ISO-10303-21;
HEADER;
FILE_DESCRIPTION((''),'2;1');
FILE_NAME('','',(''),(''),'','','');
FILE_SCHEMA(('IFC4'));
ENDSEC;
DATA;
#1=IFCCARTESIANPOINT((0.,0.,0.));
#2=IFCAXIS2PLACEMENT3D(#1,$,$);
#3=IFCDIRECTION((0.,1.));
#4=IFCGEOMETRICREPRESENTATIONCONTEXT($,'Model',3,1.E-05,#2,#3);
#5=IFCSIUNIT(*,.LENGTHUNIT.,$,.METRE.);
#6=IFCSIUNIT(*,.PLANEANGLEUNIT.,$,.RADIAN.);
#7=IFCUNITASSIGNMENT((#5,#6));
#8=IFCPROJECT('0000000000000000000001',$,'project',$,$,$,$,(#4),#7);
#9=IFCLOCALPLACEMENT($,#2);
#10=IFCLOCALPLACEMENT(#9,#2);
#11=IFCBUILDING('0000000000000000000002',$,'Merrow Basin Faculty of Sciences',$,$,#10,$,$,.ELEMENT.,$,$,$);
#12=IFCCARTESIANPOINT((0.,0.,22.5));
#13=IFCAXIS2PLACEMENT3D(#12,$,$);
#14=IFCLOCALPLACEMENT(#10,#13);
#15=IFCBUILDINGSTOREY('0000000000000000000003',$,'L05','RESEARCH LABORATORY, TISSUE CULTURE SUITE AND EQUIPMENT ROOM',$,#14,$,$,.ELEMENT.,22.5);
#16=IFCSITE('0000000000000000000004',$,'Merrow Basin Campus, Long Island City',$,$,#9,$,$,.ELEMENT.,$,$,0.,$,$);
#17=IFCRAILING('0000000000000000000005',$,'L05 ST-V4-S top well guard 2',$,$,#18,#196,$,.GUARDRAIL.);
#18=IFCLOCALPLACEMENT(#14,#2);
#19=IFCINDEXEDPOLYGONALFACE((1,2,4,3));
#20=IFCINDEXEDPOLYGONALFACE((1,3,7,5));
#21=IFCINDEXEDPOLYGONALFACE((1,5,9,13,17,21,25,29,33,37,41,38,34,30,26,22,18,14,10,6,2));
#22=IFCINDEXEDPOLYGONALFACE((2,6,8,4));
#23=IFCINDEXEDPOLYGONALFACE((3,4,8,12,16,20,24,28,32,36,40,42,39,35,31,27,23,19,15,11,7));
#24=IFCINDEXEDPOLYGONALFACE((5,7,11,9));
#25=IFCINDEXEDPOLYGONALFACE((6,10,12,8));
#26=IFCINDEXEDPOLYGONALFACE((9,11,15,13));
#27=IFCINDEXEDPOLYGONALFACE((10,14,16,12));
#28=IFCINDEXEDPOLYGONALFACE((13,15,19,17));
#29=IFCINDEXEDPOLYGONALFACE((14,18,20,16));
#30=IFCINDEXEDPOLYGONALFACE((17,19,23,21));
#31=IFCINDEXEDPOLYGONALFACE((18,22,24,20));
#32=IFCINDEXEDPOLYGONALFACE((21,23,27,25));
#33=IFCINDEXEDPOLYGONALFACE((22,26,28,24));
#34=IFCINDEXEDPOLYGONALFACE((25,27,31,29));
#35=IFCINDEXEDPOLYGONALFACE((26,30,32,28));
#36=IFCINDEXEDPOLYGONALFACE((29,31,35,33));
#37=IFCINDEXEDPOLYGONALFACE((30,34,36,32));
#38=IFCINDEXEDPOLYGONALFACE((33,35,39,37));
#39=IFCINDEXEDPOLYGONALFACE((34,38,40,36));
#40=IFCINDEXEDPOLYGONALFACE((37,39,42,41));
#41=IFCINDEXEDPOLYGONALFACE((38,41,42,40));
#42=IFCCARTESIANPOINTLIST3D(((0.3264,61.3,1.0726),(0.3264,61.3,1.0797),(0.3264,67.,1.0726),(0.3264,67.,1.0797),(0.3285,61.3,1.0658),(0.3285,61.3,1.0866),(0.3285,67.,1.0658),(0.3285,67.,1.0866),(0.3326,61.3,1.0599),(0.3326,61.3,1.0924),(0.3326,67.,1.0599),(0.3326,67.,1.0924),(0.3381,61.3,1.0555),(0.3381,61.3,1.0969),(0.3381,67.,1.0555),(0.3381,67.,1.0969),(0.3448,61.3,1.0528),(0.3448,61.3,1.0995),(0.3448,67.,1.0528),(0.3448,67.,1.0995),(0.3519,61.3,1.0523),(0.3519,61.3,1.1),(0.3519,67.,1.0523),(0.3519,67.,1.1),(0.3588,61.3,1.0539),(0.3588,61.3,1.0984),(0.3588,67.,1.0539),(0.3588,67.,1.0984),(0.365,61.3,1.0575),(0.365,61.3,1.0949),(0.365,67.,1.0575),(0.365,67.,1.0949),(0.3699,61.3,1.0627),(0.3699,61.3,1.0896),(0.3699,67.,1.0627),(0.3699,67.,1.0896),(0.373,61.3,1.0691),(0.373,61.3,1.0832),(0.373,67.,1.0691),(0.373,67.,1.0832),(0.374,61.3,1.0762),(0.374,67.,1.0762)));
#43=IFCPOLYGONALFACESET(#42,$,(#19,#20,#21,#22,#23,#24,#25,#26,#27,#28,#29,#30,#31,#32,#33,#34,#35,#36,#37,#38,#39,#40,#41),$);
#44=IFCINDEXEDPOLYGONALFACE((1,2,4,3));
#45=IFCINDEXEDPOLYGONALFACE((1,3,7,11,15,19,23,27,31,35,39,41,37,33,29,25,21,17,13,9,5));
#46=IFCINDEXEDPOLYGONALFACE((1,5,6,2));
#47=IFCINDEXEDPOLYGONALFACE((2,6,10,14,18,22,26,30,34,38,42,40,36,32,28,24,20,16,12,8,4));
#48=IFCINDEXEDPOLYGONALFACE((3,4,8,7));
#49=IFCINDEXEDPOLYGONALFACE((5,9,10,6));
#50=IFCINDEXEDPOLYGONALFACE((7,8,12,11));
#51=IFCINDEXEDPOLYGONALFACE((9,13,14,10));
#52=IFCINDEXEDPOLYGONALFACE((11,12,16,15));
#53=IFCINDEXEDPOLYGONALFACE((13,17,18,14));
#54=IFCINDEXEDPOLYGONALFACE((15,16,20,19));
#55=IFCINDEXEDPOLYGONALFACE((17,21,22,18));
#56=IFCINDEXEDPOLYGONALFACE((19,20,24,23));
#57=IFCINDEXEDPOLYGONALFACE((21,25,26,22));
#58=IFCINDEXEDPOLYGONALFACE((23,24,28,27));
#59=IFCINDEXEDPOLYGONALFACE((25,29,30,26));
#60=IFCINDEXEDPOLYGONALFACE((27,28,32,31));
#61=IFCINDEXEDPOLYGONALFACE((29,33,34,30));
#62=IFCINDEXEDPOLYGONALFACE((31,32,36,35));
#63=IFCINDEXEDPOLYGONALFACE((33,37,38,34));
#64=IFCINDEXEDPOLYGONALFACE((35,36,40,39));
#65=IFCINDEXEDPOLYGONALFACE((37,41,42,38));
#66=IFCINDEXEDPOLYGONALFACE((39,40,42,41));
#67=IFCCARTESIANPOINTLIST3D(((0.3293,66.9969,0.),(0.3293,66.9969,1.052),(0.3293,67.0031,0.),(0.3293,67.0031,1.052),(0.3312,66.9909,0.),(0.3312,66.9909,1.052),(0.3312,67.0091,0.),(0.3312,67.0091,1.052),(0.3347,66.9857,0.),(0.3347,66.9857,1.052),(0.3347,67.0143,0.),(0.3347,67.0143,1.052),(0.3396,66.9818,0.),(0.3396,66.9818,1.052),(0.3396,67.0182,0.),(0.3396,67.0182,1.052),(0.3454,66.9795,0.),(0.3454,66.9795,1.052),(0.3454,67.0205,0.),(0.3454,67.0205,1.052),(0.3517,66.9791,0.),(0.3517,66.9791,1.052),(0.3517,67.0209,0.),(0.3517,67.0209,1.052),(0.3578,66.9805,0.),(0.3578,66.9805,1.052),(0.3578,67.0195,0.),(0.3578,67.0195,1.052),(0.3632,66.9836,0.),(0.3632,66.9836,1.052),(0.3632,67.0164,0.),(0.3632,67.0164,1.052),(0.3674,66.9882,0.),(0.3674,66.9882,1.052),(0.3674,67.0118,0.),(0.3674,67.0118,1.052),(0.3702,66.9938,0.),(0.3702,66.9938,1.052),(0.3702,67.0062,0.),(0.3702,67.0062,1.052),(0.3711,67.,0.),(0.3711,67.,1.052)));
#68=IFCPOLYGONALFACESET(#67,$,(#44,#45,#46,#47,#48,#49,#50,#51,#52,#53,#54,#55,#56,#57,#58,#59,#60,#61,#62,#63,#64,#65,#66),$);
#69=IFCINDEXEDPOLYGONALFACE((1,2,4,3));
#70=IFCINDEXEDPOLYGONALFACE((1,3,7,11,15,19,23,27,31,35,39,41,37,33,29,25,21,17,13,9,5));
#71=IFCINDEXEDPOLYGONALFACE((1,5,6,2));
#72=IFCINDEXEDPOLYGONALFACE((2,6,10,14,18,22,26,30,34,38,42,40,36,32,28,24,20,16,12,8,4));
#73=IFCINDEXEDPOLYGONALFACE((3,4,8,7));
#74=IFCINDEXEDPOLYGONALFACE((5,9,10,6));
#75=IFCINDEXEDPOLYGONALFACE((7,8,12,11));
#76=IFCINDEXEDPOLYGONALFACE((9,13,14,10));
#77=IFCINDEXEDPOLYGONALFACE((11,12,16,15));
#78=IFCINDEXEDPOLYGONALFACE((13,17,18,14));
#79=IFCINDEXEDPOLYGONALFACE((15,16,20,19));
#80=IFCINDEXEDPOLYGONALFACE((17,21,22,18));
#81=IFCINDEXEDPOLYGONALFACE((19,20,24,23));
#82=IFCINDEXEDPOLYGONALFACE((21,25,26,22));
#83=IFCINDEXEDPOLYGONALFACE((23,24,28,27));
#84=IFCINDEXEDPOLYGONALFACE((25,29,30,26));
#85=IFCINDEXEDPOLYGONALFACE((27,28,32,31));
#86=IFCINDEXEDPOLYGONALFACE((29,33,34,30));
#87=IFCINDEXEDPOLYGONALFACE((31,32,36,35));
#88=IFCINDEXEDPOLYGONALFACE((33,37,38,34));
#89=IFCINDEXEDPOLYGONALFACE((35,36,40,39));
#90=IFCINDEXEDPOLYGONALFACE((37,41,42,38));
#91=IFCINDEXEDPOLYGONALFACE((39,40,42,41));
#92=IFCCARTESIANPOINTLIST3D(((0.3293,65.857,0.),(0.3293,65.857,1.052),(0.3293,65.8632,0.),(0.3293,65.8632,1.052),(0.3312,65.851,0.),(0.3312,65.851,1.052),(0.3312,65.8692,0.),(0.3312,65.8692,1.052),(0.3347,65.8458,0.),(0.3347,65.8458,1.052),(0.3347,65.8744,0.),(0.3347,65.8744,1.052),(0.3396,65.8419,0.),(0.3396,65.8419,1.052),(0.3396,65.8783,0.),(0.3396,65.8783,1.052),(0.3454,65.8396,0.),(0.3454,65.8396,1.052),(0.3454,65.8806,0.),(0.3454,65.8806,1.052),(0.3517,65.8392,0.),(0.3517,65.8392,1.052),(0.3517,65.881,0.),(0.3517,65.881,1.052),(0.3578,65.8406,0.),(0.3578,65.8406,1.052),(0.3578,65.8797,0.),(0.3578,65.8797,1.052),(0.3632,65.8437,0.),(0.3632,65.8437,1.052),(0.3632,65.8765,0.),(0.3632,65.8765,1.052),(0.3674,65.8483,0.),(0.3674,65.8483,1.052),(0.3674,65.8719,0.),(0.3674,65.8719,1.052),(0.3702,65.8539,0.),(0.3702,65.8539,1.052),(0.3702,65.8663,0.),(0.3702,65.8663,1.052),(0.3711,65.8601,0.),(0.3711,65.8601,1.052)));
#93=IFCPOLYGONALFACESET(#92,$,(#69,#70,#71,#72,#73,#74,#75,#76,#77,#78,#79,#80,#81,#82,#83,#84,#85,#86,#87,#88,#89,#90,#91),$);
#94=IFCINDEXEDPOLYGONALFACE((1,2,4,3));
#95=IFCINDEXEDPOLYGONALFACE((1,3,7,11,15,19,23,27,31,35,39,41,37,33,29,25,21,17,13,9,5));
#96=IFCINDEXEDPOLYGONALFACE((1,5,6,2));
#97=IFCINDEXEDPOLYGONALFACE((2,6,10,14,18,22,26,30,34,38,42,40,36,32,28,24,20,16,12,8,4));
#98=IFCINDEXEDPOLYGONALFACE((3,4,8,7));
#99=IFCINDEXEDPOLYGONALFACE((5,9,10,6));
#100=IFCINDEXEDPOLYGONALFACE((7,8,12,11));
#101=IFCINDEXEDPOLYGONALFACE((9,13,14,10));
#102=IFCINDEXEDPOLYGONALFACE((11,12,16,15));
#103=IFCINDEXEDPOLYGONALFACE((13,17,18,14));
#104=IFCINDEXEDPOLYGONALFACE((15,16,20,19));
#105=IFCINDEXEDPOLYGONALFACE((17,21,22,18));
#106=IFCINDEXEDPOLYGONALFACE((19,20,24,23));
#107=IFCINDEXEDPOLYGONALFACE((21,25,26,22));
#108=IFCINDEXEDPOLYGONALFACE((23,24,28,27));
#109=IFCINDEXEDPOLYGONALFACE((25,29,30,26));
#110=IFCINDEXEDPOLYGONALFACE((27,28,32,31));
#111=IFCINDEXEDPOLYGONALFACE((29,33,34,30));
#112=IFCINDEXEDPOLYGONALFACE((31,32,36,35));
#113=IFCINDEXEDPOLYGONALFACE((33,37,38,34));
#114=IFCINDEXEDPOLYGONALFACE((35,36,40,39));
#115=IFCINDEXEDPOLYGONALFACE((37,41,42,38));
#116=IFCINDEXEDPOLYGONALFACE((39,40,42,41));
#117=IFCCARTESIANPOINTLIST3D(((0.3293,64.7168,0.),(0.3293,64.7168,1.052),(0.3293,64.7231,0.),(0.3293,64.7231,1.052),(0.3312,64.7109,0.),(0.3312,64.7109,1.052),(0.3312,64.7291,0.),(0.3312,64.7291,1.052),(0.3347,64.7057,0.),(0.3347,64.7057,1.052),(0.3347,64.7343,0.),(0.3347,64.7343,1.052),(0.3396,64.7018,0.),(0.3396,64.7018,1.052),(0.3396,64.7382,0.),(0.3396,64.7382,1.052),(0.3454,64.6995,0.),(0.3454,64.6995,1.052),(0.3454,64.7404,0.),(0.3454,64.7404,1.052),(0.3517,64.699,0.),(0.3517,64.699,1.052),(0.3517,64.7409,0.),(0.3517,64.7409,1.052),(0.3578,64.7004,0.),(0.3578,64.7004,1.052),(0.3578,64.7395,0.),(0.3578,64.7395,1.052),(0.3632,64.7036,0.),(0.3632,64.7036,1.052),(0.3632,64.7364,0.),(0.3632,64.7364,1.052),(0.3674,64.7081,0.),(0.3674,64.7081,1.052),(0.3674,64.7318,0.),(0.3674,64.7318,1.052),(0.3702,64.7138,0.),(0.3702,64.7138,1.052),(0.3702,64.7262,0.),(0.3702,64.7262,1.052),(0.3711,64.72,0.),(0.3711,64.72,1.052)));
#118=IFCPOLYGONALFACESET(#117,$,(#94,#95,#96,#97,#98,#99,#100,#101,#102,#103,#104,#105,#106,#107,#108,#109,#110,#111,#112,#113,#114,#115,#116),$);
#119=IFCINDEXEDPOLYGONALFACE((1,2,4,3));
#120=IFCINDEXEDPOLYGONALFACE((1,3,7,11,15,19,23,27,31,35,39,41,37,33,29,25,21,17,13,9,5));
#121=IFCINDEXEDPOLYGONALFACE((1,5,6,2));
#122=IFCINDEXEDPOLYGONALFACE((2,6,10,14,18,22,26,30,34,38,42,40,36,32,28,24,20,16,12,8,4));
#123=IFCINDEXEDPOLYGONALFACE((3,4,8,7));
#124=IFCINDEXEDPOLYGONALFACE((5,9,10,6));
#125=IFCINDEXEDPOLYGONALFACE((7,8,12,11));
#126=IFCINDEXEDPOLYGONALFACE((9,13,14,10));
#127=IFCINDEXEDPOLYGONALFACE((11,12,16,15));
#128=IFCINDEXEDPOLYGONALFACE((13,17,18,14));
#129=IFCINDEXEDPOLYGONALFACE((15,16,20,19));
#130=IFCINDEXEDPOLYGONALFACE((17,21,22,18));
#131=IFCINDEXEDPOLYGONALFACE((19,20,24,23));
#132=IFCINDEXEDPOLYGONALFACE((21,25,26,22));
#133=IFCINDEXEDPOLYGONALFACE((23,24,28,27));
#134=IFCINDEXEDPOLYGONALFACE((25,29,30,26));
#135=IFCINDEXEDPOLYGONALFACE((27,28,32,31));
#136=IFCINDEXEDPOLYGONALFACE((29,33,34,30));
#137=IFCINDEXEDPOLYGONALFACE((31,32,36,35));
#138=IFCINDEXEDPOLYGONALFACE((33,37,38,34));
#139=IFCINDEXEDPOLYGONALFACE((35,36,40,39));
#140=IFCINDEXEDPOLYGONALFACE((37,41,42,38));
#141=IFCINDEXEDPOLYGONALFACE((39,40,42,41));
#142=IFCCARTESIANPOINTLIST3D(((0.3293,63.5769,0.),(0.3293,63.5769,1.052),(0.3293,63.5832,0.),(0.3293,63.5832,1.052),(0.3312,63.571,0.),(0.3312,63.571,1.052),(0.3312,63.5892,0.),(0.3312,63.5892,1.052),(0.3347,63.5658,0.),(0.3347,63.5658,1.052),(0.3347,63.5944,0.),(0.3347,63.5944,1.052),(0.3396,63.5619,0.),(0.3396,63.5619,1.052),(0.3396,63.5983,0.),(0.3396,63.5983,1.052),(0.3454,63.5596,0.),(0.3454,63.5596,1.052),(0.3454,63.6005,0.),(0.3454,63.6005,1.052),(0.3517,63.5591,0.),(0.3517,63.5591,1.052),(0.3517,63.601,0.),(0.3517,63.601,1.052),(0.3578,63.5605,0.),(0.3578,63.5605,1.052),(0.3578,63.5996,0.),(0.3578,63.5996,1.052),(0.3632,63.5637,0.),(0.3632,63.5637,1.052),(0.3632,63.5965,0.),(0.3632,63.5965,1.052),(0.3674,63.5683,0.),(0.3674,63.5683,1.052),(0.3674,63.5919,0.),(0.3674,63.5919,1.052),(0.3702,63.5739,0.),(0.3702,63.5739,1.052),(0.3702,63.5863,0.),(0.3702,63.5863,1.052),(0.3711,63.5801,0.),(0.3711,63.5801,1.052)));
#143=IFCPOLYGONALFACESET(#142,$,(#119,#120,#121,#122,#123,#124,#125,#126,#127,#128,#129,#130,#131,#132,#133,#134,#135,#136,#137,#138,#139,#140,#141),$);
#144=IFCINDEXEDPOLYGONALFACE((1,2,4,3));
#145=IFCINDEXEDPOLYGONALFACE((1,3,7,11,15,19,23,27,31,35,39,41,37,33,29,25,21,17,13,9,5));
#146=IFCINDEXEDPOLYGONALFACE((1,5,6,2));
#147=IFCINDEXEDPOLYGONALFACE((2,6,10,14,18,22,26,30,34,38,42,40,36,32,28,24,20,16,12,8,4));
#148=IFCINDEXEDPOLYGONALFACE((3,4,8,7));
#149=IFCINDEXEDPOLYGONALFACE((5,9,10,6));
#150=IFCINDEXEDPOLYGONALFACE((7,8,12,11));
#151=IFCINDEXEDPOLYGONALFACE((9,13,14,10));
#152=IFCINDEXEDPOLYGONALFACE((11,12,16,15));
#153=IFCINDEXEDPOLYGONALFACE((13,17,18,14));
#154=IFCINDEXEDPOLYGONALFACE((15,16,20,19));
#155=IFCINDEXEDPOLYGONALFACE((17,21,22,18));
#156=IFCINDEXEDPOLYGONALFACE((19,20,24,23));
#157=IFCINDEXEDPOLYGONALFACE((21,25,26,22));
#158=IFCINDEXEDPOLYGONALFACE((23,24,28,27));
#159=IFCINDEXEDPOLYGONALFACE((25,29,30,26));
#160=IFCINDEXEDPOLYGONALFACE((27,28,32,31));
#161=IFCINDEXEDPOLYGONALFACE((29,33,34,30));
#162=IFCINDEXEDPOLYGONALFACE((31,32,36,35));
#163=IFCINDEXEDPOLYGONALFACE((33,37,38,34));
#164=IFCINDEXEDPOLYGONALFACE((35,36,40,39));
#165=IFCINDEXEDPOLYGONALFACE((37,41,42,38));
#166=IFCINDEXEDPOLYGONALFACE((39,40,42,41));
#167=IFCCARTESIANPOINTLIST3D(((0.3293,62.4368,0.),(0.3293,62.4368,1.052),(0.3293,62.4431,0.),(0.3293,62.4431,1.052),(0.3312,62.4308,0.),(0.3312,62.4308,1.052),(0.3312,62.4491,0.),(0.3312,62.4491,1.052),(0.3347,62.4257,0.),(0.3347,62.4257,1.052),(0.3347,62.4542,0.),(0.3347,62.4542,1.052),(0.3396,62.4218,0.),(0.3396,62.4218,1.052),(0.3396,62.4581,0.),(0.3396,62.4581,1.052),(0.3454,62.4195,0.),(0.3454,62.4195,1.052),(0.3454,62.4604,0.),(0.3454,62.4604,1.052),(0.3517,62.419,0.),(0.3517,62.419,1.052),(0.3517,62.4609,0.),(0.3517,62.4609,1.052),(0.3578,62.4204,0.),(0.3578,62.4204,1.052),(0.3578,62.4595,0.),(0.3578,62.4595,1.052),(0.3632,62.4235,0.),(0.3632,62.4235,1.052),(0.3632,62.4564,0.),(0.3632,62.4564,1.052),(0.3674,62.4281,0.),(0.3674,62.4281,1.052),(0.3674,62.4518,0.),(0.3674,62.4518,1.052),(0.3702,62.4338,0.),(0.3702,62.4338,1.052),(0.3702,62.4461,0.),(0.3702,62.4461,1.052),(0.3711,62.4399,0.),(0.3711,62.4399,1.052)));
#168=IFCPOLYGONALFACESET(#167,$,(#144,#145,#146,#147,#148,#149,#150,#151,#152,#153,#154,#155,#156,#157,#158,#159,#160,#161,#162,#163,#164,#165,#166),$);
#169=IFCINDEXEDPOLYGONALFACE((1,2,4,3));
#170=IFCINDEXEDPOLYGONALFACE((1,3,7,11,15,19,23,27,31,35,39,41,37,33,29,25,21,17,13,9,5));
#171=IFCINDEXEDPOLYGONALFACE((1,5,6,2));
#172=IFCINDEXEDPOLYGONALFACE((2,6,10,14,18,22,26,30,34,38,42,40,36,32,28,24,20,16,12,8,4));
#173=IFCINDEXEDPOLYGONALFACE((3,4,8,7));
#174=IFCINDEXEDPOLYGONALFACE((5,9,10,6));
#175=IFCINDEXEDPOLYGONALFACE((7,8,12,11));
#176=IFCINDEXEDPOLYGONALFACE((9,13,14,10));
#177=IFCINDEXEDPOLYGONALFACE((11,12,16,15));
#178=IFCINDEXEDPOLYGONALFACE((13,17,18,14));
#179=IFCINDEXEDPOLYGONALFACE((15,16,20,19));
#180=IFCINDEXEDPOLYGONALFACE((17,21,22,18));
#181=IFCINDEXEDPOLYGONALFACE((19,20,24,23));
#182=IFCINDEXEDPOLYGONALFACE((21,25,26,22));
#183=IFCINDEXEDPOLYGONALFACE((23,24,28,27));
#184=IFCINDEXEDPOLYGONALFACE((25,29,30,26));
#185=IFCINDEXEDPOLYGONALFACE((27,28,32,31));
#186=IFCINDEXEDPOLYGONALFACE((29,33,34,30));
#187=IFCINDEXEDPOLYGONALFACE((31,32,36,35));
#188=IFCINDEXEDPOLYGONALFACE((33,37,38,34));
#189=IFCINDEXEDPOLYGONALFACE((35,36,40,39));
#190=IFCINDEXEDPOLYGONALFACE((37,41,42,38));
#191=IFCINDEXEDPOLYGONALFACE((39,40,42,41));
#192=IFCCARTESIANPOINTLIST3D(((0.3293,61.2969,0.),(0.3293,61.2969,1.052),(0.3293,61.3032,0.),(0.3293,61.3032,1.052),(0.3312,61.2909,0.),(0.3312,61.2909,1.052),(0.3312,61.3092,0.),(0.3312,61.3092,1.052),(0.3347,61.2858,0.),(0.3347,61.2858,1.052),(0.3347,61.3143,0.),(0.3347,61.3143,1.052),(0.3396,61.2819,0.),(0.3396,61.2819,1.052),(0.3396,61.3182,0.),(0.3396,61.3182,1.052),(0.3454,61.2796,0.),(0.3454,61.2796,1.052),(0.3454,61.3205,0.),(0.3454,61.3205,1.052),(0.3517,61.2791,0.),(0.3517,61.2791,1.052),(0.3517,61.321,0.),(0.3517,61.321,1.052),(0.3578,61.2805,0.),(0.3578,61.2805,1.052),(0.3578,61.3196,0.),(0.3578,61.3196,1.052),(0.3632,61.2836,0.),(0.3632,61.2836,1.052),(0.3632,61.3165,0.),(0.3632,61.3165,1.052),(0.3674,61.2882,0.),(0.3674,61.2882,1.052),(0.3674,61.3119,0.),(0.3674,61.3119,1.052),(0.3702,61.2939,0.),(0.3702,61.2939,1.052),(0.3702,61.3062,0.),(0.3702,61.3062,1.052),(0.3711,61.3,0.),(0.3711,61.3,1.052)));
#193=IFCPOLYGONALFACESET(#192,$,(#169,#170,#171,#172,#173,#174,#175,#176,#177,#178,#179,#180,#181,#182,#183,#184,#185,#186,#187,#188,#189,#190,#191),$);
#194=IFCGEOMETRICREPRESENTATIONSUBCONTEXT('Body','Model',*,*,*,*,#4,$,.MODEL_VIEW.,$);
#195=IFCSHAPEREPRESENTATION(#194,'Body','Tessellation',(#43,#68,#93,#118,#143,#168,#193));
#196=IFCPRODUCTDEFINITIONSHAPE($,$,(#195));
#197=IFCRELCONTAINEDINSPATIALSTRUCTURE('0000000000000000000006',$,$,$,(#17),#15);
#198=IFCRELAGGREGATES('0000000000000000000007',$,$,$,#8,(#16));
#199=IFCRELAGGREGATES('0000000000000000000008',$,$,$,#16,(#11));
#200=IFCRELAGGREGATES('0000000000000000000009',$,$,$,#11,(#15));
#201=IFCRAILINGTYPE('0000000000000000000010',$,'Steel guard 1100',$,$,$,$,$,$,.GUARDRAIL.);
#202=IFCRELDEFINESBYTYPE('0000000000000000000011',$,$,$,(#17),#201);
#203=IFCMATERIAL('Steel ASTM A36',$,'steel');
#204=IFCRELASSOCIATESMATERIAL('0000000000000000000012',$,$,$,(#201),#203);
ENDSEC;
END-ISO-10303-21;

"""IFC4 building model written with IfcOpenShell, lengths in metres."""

from ifc_helpers import new_model, si_unit, direction, frame, origin, origin_2d, place, context, subcontext, project, spatial, circle, extrude, material, type_object, element, save


model = new_model("IFC4")

# Units and contexts
model_context = context("Model", 3, precision=1e-05, world=origin(), true_north=direction((0.0, 1.0)))
body_context = subcontext(model_context, "Body", "Model", "MODEL_VIEW")
ifc_project = project(units=[si_unit("LENGTHUNIT", "METRE"), si_unit("PLANEANGLEUNIT", "RADIAN")], contexts=[model_context])

# Site, building, storey
site_placement = place(None, origin())
site = spatial("IfcSite", under=ifc_project, at=site_placement, Name="Merrow Basin Campus, Long Island City", CompositionType="ELEMENT", RefElevation=0.0)
building_placement = place(site_placement, origin())
building = spatial("IfcBuilding", under=site, at=building_placement, Name="Merrow Basin Faculty of Sciences", CompositionType="ELEMENT")
storey_placement = place(building_placement, frame((0.0, 0.0, 22.5)))
storey = spatial("IfcBuildingStorey", under=building, at=storey_placement, Name="L05", Description="RESEARCH LABORATORY, TISSUE CULTURE SUITE AND EQUIPMENT ROOM", CompositionType="ELEMENT", Elevation=22.5)

# Railing
ifc_material_1 = material(Name="Steel ASTM A36", Category="steel")
railing_type = type_object("IfcRailingType", Name="Steel guard 1100", PredefinedType="GUARDRAIL", material=ifc_material_1)
railing_1_placement = place(storey_placement, frame((0.3501, 67.0, 0.0)))
element("IfcRailing", 1, at=railing_1_placement, inside=storey, type_object=railing_type, Name="L05 ST-V4-S top well guard 2", PredefinedType="GUARDRAIL", context=body_context, shape_type="SweptSolid", body=[
    extrude(circle(Radius=0.0239, at=origin_2d()), frame((0.0, 0.0, 1.0762), z_axis=(0.0, -1.0, 0.0), x_axis=(1.0, 0.0, 0.0)), (0.0, 0.0, 1.0), 5.7),
    extrude(circle(Radius=0.021, at=origin_2d()), origin(), (0.0, 0.0, 1.0), 1.052),
    extrude(circle(Radius=0.021, at=origin_2d()), frame((0.0, -1.1399, 0.0)), (0.0, 0.0, 1.0), 1.052),
    extrude(circle(Radius=0.021, at=origin_2d()), frame((0.0, -2.28, 0.0)), (0.0, 0.0, 1.0), 1.052),
    extrude(circle(Radius=0.021, at=origin_2d()), frame((0.0, -3.4199, 0.0)), (0.0, 0.0, 1.0), 1.052),
    extrude(circle(Radius=0.021, at=origin_2d()), frame((0.0, -4.5601, 0.0)), (0.0, 0.0, 1.0), 1.052),
    extrude(circle(Radius=0.021, at=origin_2d()), frame((0.0, -5.7, 0.0)), (0.0, 0.0, 1.0), 1.052),
])

save(model, "model.ifc")
